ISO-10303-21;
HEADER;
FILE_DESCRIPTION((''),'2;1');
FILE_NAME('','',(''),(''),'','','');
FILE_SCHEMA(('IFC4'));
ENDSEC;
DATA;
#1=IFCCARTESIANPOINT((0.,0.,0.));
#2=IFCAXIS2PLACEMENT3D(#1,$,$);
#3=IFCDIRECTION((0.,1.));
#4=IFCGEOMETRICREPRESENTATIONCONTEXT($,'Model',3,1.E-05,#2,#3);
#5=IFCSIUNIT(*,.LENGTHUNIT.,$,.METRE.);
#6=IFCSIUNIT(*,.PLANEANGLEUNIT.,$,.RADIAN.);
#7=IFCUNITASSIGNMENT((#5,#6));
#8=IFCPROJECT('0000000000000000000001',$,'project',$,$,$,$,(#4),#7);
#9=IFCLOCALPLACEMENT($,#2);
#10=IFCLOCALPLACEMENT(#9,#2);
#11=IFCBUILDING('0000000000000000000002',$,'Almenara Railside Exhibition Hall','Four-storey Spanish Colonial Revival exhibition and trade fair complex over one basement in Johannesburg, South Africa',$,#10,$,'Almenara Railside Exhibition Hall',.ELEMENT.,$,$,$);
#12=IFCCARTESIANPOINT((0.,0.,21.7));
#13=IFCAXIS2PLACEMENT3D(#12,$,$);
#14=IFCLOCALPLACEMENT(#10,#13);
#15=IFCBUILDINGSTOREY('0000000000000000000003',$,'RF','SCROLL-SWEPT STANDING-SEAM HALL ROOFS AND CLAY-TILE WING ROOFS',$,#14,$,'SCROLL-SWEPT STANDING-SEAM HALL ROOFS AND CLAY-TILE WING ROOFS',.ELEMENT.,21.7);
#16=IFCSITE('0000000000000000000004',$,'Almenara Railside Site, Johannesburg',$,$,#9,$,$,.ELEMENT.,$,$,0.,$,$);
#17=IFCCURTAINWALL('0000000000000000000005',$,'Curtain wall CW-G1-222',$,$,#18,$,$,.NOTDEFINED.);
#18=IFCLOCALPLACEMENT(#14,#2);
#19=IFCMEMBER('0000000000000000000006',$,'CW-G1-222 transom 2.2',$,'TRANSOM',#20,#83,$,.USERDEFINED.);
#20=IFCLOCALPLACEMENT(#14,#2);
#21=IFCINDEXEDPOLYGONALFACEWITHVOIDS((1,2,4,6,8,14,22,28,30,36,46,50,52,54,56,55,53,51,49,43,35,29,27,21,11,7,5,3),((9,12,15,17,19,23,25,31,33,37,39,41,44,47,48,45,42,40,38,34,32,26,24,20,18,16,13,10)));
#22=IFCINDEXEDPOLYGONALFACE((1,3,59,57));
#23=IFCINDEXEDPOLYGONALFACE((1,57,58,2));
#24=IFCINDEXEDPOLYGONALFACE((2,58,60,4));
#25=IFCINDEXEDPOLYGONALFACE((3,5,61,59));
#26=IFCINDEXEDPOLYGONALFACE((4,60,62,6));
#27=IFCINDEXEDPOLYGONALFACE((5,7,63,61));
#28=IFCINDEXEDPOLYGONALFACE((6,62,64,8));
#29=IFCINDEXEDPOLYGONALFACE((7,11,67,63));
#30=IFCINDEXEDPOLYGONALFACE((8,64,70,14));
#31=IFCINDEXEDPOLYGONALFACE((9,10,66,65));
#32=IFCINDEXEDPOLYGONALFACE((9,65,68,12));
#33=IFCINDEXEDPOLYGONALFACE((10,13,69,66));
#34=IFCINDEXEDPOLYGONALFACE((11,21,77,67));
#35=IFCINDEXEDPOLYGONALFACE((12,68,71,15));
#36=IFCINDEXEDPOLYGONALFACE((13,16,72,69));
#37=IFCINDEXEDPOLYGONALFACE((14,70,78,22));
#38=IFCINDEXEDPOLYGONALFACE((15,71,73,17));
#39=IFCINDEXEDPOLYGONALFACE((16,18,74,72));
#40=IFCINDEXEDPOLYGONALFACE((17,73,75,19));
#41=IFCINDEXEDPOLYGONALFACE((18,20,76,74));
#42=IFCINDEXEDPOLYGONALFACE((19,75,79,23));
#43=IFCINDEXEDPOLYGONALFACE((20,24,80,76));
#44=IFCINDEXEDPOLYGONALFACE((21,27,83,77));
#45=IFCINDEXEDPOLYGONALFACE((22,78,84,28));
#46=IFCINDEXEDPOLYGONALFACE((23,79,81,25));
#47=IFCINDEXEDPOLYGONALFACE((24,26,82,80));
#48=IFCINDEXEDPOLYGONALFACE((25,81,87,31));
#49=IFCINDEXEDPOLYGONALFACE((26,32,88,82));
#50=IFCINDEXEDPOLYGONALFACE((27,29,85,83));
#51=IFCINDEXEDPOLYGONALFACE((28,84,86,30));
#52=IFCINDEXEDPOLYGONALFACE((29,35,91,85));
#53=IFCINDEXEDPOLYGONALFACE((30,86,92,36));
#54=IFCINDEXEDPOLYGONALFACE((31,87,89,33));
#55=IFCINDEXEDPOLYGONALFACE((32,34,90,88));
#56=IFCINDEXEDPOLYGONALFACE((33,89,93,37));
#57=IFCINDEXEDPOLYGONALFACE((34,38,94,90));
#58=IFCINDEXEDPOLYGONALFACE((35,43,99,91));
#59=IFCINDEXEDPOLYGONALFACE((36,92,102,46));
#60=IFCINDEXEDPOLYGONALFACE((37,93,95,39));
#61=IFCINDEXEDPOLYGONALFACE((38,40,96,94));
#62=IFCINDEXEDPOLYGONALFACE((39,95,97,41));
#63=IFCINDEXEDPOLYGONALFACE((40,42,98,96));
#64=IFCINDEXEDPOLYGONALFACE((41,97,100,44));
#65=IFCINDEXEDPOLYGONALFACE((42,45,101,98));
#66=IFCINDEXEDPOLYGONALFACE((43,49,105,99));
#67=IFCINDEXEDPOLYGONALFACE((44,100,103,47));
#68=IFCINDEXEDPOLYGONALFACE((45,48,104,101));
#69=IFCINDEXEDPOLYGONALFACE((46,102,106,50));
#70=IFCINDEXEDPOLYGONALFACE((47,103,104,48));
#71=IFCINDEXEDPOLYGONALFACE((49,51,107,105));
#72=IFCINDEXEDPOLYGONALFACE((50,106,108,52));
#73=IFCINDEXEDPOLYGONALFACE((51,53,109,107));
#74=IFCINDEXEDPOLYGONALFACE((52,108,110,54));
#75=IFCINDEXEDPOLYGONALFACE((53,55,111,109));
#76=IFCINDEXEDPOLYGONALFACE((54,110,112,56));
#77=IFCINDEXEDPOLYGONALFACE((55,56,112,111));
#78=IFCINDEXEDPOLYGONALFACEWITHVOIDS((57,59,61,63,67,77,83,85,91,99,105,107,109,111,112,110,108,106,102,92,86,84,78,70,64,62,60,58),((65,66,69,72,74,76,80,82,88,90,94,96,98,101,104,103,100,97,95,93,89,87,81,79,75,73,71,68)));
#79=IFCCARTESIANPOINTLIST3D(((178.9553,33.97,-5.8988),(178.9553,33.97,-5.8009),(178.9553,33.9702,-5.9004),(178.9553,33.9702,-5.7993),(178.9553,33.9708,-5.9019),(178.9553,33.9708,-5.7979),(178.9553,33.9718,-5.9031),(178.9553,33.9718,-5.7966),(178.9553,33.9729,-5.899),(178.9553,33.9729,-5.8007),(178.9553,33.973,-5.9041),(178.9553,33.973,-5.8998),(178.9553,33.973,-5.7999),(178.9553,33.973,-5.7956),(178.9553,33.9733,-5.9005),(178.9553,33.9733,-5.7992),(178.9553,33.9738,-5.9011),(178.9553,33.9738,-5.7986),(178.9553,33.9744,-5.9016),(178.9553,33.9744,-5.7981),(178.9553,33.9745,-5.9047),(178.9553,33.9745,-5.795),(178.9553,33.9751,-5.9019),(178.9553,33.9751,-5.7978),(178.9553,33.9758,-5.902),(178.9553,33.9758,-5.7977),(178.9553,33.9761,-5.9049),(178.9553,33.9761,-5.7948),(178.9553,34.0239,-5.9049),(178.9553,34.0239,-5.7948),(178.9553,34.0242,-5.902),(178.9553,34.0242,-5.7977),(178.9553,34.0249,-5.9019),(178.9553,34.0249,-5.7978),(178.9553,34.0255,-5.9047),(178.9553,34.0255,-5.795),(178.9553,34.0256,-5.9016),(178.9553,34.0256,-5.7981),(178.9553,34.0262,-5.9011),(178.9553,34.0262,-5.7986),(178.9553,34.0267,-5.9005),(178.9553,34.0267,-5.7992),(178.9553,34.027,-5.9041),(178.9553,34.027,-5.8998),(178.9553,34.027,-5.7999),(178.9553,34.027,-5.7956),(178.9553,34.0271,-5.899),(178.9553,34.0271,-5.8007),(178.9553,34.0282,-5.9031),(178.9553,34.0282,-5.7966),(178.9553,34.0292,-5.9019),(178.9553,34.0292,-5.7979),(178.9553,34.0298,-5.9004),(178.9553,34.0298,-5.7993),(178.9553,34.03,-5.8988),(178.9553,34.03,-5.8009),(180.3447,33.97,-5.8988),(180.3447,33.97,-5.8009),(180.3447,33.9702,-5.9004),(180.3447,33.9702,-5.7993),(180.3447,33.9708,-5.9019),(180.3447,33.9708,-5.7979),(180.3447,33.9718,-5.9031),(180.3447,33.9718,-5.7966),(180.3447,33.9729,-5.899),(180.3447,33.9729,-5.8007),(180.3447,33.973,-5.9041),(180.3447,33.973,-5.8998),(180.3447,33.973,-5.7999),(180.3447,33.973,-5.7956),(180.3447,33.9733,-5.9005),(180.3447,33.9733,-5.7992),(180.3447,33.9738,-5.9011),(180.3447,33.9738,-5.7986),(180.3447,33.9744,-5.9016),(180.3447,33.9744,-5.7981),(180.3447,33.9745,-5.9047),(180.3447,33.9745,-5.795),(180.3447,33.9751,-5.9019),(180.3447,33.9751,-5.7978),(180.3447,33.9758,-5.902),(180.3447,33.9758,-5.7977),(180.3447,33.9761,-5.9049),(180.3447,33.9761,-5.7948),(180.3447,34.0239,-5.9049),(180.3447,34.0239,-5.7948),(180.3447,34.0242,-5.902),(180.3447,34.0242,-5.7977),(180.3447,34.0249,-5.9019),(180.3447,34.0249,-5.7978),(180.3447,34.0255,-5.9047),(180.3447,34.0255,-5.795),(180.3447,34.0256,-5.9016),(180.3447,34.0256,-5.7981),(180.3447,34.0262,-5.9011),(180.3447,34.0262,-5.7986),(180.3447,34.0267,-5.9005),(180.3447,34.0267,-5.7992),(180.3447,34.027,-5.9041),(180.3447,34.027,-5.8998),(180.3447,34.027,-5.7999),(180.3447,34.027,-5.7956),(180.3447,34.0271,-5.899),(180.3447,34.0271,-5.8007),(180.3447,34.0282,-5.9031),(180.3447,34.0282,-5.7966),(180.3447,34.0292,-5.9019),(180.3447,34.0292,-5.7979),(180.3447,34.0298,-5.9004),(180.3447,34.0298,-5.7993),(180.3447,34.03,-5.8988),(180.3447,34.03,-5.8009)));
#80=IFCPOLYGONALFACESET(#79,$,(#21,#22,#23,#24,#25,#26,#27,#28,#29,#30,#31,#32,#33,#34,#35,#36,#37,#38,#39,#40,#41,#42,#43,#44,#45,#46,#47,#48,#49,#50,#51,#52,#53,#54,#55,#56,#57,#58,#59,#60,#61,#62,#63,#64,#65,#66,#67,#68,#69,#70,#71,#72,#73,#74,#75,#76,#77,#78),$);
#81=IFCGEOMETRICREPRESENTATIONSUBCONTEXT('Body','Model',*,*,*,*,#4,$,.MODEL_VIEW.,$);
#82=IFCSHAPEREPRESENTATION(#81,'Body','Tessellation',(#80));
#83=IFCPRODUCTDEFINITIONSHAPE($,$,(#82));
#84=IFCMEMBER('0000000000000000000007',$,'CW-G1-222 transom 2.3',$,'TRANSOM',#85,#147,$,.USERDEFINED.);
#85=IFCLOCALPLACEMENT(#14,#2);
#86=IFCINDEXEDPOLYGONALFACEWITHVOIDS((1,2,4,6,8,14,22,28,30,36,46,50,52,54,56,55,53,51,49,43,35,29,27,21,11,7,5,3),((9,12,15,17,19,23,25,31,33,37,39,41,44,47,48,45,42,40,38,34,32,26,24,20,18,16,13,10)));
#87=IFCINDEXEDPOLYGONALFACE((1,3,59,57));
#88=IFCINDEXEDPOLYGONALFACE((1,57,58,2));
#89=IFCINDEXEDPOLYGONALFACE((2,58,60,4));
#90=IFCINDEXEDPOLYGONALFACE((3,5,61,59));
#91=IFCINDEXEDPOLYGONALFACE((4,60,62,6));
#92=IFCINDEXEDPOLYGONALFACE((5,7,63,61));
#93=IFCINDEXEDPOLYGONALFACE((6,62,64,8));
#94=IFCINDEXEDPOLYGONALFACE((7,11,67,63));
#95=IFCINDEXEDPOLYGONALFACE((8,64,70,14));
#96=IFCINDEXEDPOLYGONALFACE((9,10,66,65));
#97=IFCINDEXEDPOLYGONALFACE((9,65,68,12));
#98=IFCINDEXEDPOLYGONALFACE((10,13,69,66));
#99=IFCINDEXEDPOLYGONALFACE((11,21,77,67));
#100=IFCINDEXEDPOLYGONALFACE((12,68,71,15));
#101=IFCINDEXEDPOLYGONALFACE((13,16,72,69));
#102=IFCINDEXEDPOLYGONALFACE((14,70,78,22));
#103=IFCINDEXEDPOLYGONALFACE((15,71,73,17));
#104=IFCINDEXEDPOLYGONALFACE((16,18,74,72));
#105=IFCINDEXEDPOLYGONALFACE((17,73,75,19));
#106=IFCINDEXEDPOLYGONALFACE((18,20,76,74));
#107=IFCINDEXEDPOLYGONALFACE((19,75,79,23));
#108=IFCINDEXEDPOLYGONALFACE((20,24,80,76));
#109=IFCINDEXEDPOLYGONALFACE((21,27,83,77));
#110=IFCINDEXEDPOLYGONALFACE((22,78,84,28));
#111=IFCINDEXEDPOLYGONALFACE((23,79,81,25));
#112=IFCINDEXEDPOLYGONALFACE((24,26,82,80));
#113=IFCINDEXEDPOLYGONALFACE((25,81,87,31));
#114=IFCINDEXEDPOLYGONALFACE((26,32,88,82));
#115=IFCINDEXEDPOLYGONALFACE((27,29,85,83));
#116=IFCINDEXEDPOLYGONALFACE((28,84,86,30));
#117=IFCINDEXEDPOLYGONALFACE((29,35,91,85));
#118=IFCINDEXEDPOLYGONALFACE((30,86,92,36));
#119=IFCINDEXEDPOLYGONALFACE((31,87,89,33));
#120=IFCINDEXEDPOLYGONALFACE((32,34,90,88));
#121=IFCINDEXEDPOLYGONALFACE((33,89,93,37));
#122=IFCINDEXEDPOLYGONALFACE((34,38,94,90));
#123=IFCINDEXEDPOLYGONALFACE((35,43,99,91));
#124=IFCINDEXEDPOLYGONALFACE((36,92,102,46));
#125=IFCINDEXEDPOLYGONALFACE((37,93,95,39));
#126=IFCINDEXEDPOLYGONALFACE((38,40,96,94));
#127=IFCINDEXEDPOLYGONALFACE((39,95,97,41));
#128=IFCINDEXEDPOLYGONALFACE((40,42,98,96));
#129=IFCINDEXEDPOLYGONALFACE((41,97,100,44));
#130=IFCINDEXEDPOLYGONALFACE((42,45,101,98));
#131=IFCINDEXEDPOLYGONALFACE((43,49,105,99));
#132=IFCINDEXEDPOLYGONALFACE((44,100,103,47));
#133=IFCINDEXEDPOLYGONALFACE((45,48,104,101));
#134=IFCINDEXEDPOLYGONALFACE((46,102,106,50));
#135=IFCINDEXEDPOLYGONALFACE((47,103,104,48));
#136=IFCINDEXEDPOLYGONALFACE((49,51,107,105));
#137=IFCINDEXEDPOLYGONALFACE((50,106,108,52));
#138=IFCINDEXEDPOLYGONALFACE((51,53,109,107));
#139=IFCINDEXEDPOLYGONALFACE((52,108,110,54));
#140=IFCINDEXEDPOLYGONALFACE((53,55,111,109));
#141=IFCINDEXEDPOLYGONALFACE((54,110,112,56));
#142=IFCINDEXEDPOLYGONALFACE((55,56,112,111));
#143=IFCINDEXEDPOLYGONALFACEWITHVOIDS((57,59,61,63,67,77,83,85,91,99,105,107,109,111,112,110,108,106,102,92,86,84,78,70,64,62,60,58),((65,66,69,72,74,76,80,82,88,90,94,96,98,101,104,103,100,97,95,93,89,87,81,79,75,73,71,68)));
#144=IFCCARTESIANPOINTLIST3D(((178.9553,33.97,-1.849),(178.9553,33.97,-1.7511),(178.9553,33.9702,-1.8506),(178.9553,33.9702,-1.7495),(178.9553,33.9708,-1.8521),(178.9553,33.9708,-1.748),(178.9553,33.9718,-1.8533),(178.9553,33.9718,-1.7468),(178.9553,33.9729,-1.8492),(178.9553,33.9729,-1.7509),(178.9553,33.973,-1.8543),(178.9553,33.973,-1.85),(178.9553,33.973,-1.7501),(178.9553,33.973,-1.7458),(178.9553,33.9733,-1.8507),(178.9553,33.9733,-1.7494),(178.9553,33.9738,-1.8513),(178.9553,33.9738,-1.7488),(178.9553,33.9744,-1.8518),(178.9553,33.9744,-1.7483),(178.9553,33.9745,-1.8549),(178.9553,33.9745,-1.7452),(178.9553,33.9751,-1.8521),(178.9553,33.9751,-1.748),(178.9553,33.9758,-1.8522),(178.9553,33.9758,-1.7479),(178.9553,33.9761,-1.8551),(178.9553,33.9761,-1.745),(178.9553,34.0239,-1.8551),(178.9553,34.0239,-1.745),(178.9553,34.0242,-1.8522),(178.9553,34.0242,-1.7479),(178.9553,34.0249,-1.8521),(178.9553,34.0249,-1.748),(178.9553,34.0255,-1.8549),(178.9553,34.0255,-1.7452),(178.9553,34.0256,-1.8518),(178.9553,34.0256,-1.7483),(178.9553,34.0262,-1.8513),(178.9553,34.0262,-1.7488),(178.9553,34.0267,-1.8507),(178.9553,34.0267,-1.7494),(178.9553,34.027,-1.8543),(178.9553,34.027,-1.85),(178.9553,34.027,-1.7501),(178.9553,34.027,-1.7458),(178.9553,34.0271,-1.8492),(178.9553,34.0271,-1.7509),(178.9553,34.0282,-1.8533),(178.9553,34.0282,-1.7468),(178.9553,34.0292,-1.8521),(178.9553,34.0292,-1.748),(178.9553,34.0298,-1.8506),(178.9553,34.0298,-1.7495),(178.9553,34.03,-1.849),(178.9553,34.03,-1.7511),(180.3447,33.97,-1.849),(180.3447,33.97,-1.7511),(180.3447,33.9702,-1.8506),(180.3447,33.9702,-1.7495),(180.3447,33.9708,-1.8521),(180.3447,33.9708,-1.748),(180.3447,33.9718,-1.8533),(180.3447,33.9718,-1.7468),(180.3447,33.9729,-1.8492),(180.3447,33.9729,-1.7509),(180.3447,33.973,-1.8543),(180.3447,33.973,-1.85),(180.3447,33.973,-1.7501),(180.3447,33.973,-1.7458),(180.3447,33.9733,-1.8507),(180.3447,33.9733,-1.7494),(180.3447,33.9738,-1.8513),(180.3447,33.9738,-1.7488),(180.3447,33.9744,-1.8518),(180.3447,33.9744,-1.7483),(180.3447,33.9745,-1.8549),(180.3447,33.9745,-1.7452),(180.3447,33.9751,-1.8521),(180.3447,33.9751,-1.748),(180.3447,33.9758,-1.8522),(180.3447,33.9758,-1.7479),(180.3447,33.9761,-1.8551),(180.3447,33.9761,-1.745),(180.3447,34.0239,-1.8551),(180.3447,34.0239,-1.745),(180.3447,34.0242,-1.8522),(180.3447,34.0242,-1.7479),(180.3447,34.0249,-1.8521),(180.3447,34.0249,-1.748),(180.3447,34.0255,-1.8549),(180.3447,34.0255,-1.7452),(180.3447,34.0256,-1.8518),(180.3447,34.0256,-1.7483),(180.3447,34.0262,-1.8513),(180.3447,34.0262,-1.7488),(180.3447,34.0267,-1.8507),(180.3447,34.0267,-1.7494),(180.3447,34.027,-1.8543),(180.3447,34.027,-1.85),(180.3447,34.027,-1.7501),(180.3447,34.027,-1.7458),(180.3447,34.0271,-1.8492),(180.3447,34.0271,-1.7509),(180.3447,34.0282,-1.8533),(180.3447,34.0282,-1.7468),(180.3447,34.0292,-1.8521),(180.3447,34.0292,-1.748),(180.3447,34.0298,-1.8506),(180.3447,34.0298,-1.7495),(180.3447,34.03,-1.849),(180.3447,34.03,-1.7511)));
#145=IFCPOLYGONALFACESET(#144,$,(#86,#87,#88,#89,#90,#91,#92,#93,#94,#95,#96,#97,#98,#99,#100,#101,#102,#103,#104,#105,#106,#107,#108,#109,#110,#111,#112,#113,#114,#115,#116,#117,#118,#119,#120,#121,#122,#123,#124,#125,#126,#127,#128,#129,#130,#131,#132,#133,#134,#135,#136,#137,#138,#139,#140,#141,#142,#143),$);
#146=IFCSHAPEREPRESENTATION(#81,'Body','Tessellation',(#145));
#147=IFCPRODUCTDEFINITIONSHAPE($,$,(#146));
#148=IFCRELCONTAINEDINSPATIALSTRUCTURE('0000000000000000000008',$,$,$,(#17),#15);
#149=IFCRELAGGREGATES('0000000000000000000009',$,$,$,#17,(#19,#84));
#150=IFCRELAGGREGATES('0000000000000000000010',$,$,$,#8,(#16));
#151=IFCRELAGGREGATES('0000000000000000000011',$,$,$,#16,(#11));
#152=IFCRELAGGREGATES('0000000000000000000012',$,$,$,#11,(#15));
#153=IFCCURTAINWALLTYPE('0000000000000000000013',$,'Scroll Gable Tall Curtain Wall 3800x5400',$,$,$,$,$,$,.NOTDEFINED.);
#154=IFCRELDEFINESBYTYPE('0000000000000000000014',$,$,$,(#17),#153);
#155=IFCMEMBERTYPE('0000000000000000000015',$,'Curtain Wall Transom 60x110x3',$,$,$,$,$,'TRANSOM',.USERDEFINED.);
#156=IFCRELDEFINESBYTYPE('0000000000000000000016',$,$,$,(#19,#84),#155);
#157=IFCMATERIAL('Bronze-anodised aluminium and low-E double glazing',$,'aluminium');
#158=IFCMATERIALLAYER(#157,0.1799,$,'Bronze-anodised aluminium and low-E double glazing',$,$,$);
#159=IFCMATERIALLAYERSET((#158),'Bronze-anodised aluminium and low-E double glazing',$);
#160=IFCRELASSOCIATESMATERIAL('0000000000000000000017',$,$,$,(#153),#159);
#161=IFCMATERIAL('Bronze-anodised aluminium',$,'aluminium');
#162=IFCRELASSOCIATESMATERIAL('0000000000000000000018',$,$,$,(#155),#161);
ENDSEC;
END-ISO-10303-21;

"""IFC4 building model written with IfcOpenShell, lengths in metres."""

from ifc_helpers import new_model, si_unit, direction, frame, origin, origin_2d, place, context, subcontext, project, spatial, hollow_rectangle, extrude, material, layer, layer_set, material_profile, profile_set, type_object, element, aggregate, save


model = new_model("IFC4")

# Units and contexts
model_context = context("Model", 3, precision=1e-05, world=origin(), true_north=direction((0.0, 1.0)))
body_context = subcontext(model_context, "Body", "Model", "MODEL_VIEW")
ifc_project = project(units=[si_unit("LENGTHUNIT", "METRE"), si_unit("PLANEANGLEUNIT", "RADIAN")], contexts=[model_context])

# Site, building, storey
site_placement = place(None, origin())
site = spatial("IfcSite", under=ifc_project, at=site_placement, Name="Almenara Railside Site, Johannesburg", CompositionType="ELEMENT", RefElevation=0.0)
building_placement = place(site_placement, origin())
building = spatial("IfcBuilding", under=site, at=building_placement, Name="Almenara Railside Exhibition Hall", Description="Four-storey Spanish Colonial Revival exhibition and trade fair complex over one basement in Johannesburg, South Africa", LongName="Almenara Railside Exhibition Hall", CompositionType="ELEMENT")
storey_placement = place(building_placement, frame((0.0, 0.0, 21.7)))
storey = spatial("IfcBuildingStorey", under=building, at=storey_placement, Name="RF", Description="SCROLL-SWEPT STANDING-SEAM HALL ROOFS AND CLAY-TILE WING ROOFS", LongName="SCROLL-SWEPT STANDING-SEAM HALL ROOFS AND CLAY-TILE WING ROOFS", CompositionType="ELEMENT", Elevation=21.7)

# Curtain wall
ifc_material_1 = material(Name="Bronze-anodised aluminium and low-E double glazing", Category="aluminium")
ifc_layer_1 = layer(ifc_material_1, 0.1799, Name="Bronze-anodised aluminium and low-E double glazing")
ifc_layer_set_1 = layer_set([ifc_layer_1], Name="Bronze-anodised aluminium and low-E double glazing")
curtain_wall_type = type_object("IfcCurtainWallType", Name="Scroll Gable Tall Curtain Wall 3800x5400", PredefinedType="NOTDEFINED", material=ifc_layer_set_1)
curtain_wall_1_placement = place(storey_placement, origin())
curtain_wall_1 = element("IfcCurtainWall", 1, at=curtain_wall_1_placement, inside=storey, type_object=curtain_wall_type, Name="Curtain wall CW-G1-222", PredefinedType="NOTDEFINED")
ifc_material_2 = material(Name="Bronze-anodised aluminium", Category="aluminium")

# Members
ifc_material_profile_1 = material_profile(ifc_material_2, hollow_rectangle(XDim=0.0601, YDim=0.1101, WallThickness=0.0029, InnerFilletRadius=0.0029, OuterFilletRadius=0.0061, at=origin_2d()), Name="ALU-TRN 60x110x3")
ifc_profile_set_1 = profile_set([ifc_material_profile_1], Name="Bronze-anodised aluminium")
member_type_1 = type_object("IfcMemberType", Name="Curtain Wall Transom 60x110x3", ElementType="TRANSOM", PredefinedType="USERDEFINED", material=ifc_profile_set_1)
member_1_placement = place(storey_placement, frame((178.9553, 34.0, -5.8499), z_axis=(1.0, 0.0, 0.0), x_axis=(0.0, 1.0, 0.0)))
member_1 = element("IfcMember", 2, at=member_1_placement, type_object=member_type_1, Name="CW-G1-222 transom 2.2", ObjectType="TRANSOM", PredefinedType="USERDEFINED", context=body_context, shape_type="SweptSolid", body=[
    extrude(hollow_rectangle(XDim=0.0601, YDim=0.1101, WallThickness=0.0029, InnerFilletRadius=0.0029, OuterFilletRadius=0.0061, at=origin_2d()), origin(), (0.0, 0.0, 1.0), 1.3894),
])
member_2_placement = place(storey_placement, frame((178.9553, 34.0, -1.8), z_axis=(1.0, 0.0, 0.0), x_axis=(0.0, 1.0, 0.0)))
member_2 = element("IfcMember", 3, at=member_2_placement, type_object=member_type_1, Name="CW-G1-222 transom 2.3", ObjectType="TRANSOM", PredefinedType="USERDEFINED", context=body_context, shape_type="SweptSolid", body=[
    extrude(hollow_rectangle(XDim=0.0601, YDim=0.1101, WallThickness=0.0029, InnerFilletRadius=0.0029, OuterFilletRadius=0.0061, at=origin_2d()), origin(), (0.0, 0.0, 1.0), 1.3894),
])

aggregate(curtain_wall_1, [member_1, member_2])

save(model, "model.ifc")
